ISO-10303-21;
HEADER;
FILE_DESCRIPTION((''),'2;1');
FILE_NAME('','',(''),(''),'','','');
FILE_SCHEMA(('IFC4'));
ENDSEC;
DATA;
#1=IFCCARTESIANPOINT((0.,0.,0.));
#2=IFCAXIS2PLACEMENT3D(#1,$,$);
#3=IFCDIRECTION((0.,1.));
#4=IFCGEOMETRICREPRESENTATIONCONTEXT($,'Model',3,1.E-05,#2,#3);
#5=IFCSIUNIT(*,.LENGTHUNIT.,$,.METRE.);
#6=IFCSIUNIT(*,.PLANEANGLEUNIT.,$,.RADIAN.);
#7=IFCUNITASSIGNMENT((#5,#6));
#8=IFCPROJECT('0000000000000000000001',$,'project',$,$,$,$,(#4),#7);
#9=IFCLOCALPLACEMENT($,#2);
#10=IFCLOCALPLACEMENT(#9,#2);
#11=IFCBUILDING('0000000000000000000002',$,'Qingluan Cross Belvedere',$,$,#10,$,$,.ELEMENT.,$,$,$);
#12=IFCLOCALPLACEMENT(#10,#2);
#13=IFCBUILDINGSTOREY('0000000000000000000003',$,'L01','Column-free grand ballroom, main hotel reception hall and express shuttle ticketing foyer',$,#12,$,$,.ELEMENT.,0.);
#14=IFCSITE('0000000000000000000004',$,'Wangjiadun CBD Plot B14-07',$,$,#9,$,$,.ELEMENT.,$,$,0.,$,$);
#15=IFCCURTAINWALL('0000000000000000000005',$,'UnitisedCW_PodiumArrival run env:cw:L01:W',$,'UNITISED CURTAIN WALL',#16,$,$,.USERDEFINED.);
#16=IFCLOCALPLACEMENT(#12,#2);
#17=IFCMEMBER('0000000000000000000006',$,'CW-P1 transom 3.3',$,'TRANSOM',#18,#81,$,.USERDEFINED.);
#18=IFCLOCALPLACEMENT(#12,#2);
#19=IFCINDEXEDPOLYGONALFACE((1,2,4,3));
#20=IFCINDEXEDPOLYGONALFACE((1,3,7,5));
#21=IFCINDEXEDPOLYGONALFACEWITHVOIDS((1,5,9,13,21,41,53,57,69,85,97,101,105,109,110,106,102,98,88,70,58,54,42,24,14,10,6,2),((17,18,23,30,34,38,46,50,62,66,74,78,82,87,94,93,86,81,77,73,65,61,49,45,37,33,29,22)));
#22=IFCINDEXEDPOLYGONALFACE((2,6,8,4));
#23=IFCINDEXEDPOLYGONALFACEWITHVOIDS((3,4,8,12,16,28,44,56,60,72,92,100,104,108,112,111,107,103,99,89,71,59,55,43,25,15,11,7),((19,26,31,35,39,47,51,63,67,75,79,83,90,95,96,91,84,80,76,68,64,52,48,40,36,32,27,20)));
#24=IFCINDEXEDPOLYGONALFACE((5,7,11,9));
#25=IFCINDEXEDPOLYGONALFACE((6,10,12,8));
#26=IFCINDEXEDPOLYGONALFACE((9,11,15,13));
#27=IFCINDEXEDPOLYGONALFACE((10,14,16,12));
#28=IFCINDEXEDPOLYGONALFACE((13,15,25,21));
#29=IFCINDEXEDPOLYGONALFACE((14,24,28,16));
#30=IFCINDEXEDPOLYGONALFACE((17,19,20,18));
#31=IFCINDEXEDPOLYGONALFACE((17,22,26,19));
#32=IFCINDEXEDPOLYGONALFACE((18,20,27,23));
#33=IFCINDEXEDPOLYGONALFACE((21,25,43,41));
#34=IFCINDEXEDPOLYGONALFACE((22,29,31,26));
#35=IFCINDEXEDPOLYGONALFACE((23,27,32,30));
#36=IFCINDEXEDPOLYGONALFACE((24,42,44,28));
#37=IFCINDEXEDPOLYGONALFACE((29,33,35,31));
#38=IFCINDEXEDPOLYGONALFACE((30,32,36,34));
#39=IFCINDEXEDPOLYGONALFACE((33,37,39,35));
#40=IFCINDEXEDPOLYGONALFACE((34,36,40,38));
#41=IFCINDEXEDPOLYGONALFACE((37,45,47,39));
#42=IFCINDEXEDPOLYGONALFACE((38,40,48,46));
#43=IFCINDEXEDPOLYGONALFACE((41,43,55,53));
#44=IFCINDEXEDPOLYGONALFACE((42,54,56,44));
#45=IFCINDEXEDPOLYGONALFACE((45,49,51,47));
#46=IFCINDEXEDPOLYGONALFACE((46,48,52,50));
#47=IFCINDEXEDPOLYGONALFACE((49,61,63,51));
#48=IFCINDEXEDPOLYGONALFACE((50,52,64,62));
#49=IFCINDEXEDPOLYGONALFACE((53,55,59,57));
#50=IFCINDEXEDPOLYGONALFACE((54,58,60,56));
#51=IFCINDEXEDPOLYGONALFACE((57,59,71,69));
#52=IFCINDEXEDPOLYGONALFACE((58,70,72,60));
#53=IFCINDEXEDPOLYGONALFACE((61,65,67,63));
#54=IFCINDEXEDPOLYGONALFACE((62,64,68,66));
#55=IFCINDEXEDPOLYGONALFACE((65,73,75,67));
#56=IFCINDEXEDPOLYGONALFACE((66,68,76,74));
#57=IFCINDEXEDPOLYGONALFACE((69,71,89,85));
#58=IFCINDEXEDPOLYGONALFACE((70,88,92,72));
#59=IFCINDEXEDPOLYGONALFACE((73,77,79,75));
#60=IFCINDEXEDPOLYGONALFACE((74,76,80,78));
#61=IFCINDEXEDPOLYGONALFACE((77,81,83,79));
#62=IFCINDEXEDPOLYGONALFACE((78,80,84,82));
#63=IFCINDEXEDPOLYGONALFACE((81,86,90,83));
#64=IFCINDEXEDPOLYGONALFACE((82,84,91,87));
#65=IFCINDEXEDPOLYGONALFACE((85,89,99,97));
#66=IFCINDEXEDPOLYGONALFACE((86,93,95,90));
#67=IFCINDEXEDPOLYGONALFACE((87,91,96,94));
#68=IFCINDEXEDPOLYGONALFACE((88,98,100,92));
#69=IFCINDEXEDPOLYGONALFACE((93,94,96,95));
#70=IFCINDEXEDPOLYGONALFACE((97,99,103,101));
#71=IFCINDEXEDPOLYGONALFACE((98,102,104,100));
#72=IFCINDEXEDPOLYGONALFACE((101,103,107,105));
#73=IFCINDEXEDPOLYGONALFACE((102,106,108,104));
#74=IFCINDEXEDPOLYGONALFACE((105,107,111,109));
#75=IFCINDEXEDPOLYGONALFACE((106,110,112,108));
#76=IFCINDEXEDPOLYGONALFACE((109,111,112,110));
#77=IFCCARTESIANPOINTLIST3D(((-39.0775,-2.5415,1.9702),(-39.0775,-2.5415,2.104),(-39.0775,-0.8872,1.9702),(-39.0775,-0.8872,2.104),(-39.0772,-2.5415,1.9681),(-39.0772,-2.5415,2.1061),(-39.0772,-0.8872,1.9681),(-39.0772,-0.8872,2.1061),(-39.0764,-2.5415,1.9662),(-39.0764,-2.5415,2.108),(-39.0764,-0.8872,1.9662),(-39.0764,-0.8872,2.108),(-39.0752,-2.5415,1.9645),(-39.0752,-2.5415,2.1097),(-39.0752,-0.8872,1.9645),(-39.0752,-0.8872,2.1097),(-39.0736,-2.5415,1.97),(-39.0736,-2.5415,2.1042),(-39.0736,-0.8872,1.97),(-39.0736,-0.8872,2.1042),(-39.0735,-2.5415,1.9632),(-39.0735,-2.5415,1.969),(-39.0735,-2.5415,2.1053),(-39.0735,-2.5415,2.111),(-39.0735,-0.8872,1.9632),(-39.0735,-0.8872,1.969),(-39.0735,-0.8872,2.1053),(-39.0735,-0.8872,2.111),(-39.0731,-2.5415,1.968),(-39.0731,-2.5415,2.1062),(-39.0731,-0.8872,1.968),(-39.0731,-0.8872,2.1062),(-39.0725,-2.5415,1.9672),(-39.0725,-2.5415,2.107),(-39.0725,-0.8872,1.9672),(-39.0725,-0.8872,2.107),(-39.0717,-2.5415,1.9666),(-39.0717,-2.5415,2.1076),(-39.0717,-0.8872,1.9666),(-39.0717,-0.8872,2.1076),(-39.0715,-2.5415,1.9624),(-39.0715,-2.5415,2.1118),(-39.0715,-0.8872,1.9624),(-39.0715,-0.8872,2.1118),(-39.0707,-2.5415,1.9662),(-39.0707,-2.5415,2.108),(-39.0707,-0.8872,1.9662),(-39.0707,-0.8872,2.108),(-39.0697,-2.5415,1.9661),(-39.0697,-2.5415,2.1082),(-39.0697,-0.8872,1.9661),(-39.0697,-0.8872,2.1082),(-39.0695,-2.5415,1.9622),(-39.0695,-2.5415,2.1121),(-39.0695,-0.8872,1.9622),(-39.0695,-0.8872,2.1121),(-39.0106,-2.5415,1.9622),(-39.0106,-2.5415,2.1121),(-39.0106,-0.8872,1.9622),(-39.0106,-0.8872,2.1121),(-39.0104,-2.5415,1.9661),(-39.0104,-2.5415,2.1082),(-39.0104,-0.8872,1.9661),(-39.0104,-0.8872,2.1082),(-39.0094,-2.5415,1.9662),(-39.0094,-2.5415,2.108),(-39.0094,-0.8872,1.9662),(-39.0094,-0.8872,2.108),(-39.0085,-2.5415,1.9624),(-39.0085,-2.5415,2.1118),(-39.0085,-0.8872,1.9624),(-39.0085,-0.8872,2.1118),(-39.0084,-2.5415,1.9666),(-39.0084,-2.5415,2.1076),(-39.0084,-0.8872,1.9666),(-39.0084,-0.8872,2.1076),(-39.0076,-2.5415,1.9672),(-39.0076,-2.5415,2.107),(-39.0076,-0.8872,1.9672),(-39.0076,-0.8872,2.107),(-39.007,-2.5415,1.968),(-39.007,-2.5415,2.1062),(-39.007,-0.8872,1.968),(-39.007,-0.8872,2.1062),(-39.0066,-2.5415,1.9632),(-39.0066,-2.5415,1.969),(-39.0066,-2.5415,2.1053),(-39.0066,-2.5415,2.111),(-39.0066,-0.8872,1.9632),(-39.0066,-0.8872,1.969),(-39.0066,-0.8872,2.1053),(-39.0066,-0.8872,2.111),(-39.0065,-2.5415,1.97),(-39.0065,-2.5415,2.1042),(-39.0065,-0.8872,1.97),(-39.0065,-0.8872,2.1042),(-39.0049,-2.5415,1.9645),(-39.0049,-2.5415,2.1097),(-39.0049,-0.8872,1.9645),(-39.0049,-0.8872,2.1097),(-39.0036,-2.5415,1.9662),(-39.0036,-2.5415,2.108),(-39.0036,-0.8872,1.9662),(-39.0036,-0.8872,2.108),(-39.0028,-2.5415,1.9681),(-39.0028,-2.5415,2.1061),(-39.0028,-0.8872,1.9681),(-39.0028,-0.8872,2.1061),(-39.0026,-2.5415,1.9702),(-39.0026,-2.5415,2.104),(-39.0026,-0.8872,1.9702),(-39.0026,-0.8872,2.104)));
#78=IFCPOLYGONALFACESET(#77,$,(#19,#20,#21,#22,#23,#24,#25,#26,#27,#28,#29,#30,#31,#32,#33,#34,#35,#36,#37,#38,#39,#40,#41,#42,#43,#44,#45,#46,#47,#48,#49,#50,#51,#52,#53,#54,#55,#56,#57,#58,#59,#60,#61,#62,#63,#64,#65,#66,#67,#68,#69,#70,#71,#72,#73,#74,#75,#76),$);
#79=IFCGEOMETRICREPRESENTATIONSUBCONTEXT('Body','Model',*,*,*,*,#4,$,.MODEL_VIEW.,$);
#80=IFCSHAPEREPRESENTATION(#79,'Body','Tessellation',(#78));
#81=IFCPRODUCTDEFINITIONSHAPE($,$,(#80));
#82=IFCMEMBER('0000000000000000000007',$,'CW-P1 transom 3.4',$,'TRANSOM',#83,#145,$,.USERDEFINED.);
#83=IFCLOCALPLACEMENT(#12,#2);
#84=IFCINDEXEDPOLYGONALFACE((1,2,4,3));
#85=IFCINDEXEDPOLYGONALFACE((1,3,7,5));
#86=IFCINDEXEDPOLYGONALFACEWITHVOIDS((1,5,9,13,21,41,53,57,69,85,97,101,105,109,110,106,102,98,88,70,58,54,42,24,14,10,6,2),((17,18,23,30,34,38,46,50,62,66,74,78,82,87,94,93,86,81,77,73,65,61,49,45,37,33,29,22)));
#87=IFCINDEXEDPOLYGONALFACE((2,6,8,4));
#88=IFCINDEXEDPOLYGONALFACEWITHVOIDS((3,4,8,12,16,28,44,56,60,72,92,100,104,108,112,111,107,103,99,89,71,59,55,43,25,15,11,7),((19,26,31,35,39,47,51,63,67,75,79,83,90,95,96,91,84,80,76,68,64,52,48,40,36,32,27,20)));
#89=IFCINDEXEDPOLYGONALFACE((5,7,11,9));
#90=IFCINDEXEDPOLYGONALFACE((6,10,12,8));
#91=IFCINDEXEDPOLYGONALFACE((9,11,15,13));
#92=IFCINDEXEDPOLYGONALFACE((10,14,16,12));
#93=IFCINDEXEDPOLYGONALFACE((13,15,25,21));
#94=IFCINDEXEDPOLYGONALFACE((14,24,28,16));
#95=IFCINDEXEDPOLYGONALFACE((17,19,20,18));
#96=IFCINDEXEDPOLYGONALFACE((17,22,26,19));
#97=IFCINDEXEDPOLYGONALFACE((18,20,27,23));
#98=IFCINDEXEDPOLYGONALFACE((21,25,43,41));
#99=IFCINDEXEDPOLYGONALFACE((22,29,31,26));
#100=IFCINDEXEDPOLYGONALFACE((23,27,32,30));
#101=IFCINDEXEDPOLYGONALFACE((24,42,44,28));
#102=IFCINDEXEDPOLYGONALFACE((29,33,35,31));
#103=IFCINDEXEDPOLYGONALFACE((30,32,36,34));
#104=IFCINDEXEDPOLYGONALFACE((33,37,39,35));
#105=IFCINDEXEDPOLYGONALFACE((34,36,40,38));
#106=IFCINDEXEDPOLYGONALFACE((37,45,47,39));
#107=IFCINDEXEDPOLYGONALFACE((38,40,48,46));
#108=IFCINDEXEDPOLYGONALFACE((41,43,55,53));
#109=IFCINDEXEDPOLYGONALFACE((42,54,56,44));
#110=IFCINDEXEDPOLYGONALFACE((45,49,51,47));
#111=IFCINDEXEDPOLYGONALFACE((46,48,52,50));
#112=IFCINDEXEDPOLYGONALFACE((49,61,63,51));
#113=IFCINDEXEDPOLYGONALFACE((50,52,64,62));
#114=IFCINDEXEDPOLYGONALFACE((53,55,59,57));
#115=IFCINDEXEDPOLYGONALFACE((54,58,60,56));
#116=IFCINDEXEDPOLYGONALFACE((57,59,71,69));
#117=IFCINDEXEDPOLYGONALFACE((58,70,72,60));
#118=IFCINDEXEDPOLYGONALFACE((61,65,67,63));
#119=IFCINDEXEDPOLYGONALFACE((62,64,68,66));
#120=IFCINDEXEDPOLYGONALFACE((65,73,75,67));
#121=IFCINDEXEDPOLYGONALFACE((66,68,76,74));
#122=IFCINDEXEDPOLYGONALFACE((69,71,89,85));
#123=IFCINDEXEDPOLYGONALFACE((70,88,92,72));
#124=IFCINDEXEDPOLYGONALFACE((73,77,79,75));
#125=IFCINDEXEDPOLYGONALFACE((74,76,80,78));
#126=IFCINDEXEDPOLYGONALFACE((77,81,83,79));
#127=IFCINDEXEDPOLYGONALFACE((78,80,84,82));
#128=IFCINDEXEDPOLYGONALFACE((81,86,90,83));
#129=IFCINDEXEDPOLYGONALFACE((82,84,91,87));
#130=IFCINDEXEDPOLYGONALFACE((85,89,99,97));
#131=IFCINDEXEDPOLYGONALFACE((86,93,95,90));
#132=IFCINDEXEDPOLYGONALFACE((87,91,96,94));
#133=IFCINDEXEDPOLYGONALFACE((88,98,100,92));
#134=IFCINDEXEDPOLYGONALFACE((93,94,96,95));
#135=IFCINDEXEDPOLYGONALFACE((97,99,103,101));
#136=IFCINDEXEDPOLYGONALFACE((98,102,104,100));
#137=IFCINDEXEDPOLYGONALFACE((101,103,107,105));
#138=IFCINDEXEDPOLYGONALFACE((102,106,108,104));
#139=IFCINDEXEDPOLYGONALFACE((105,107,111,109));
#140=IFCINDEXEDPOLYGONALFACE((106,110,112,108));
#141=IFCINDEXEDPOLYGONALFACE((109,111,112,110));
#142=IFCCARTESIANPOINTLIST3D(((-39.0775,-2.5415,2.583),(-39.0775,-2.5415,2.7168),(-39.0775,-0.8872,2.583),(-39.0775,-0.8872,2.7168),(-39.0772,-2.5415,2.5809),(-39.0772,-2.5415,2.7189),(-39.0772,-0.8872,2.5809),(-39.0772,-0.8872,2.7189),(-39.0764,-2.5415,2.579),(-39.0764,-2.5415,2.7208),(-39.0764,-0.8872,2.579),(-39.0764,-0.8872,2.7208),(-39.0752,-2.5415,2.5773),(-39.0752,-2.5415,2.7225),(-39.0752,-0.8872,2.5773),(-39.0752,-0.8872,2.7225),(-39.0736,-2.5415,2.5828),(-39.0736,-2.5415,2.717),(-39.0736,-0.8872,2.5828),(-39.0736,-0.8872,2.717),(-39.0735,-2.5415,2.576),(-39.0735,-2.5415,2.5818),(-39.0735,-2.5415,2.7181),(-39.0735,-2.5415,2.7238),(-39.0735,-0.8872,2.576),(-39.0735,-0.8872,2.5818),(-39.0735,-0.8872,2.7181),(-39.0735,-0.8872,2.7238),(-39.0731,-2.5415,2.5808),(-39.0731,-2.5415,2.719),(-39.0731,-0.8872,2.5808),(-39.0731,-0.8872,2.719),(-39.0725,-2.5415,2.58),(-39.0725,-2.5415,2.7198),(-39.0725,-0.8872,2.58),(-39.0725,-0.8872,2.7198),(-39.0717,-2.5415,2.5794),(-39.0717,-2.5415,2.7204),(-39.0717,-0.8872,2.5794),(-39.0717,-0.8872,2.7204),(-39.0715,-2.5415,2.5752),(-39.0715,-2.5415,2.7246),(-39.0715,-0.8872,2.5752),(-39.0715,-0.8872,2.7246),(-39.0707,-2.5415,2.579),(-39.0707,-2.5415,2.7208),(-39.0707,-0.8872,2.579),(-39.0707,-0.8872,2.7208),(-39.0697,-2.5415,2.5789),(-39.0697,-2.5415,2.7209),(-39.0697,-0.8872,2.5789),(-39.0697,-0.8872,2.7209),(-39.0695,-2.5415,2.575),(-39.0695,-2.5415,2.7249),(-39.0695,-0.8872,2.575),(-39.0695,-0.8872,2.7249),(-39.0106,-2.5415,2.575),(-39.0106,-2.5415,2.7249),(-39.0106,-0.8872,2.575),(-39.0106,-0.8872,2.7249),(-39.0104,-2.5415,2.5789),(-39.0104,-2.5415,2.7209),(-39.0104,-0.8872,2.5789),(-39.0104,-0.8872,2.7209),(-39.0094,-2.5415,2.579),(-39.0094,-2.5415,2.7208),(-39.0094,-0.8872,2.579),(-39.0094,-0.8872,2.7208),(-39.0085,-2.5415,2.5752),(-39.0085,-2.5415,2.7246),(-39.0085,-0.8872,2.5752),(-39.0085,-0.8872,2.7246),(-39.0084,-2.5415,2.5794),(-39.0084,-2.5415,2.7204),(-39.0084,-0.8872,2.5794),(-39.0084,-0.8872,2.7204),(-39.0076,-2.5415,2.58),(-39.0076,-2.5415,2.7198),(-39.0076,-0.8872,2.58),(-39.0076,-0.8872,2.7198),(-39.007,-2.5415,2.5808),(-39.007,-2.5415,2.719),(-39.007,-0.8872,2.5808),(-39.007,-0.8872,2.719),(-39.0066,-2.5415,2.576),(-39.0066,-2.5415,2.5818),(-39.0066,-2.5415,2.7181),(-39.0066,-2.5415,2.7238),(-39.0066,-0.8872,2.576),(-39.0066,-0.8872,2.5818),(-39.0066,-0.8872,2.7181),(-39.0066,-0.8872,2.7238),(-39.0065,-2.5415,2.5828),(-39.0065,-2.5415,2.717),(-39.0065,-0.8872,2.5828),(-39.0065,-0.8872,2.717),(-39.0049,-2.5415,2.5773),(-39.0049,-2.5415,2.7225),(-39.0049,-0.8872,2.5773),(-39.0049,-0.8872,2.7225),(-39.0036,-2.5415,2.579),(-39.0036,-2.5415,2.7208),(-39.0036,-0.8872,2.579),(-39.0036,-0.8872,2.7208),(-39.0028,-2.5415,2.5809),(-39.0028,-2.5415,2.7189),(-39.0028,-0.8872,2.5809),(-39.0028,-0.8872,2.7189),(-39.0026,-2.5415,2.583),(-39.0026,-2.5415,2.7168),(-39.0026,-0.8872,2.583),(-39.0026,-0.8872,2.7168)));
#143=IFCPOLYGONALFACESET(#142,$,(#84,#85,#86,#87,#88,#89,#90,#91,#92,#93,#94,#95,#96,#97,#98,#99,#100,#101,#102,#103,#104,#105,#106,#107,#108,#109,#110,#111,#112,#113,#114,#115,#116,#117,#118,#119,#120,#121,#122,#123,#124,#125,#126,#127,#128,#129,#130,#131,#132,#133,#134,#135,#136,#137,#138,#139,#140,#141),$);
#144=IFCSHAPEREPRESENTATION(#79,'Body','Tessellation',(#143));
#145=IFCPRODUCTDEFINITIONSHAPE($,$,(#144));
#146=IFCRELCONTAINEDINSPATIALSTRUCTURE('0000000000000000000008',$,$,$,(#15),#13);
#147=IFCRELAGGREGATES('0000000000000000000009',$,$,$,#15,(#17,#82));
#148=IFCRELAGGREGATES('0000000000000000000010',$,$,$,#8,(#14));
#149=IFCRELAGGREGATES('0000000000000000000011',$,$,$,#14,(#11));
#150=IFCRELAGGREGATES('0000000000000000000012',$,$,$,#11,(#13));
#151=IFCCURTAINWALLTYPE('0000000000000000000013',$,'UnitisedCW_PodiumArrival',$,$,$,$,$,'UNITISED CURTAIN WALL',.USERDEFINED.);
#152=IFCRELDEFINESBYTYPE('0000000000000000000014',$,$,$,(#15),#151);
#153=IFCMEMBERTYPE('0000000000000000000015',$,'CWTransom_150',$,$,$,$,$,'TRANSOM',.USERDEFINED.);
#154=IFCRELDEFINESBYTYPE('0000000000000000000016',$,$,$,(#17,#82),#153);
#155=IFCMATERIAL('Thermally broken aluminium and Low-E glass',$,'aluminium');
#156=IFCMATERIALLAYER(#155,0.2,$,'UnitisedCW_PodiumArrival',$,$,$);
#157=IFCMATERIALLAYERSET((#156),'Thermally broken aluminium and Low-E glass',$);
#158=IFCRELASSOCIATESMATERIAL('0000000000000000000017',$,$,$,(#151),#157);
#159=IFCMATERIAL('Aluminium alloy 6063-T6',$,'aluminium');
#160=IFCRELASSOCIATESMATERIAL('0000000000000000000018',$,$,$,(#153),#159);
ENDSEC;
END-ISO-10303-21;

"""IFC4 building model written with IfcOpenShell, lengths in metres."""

from ifc_helpers import new_model, si_unit, direction, frame, origin, origin_2d, place, context, subcontext, project, spatial, hollow_rectangle, extrude, material, layer, layer_set, material_profile, profile_set, type_object, element, aggregate, save


model = new_model("IFC4")

# Units and contexts
model_context = context("Model", 3, precision=1e-05, world=origin(), true_north=direction((0.0, 1.0)))
body_context = subcontext(model_context, "Body", "Model", "MODEL_VIEW")
ifc_project = project(units=[si_unit("LENGTHUNIT", "METRE"), si_unit("PLANEANGLEUNIT", "RADIAN")], contexts=[model_context])

# Site, building, storey
site_placement = place(None, origin())
site = spatial("IfcSite", under=ifc_project, at=site_placement, Name="Wangjiadun CBD Plot B14-07", CompositionType="ELEMENT", RefElevation=0.0)
building_placement = place(site_placement, origin())
building = spatial("IfcBuilding", under=site, at=building_placement, Name="Qingluan Cross Belvedere", CompositionType="ELEMENT")
storey_placement = place(building_placement, origin())
storey = spatial("IfcBuildingStorey", under=building, at=storey_placement, Name="L01", Description="Column-free grand ballroom, main hotel reception hall and express shuttle ticketing foyer", CompositionType="ELEMENT", Elevation=0.0)

# Curtain wall, members
ifc_material_1 = material(Name="Thermally broken aluminium and Low-E glass", Category="aluminium")
ifc_layer_1 = layer(ifc_material_1, 0.2, Name="UnitisedCW_PodiumArrival")
ifc_layer_set_1 = layer_set([ifc_layer_1], Name="Thermally broken aluminium and Low-E glass")
curtain_wall_type = type_object("IfcCurtainWallType", Name="UnitisedCW_PodiumArrival", ElementType="UNITISED CURTAIN WALL", PredefinedType="USERDEFINED", material=ifc_layer_set_1)
curtain_wall_placement = place(storey_placement, origin())
curtain_wall = element("IfcCurtainWall", 1, at=curtain_wall_placement, inside=storey, type_object=curtain_wall_type, Name="UnitisedCW_PodiumArrival run env:cw:L01:W", ObjectType="UNITISED CURTAIN WALL", PredefinedType="USERDEFINED")
ifc_material_2 = material(Name="Aluminium alloy 6063-T6", Category="aluminium")
ifc_material_profile_1 = material_profile(ifc_material_2, hollow_rectangle(XDim=0.075, YDim=0.1499, WallThickness=0.0039, InnerFilletRadius=0.0039, OuterFilletRadius=0.0081, at=origin_2d()), Name="CWT150x75x4")
ifc_profile_set_1 = profile_set([ifc_material_profile_1], Name="Aluminium alloy 6063-T6")
member_type_1 = type_object("IfcMemberType", Name="CWTransom_150", ElementType="TRANSOM", PredefinedType="USERDEFINED", material=ifc_profile_set_1)
member_1_placement = place(storey_placement, frame((-39.04, -2.5415, 2.0371), z_axis=(0.0, 1.0, 0.0), x_axis=(-1.0, 0.0, 0.0)))
member_1 = element("IfcMember", 2, at=member_1_placement, type_object=member_type_1, Name="CW-P1 transom 3.3", ObjectType="TRANSOM", PredefinedType="USERDEFINED", context=body_context, shape_type="SweptSolid", body=[
    extrude(hollow_rectangle(XDim=0.075, YDim=0.1499, WallThickness=0.0039, InnerFilletRadius=0.0039, OuterFilletRadius=0.0081, at=origin_2d()), origin(), (0.0, 0.0, 1.0), 1.6543),
])
member_2_placement = place(storey_placement, frame((-39.04, -2.5415, 2.6499), z_axis=(0.0, 1.0, 0.0), x_axis=(-1.0, 0.0, 0.0)))
member_2 = element("IfcMember", 3, at=member_2_placement, type_object=member_type_1, Name="CW-P1 transom 3.4", ObjectType="TRANSOM", PredefinedType="USERDEFINED", context=body_context, shape_type="SweptSolid", body=[
    extrude(hollow_rectangle(XDim=0.075, YDim=0.1499, WallThickness=0.0039, InnerFilletRadius=0.0039, OuterFilletRadius=0.0081, at=origin_2d()), origin(), (0.0, 0.0, 1.0), 1.6543),
])
aggregate(curtain_wall, [member_1, member_2])

save(model, "model.ifc")
